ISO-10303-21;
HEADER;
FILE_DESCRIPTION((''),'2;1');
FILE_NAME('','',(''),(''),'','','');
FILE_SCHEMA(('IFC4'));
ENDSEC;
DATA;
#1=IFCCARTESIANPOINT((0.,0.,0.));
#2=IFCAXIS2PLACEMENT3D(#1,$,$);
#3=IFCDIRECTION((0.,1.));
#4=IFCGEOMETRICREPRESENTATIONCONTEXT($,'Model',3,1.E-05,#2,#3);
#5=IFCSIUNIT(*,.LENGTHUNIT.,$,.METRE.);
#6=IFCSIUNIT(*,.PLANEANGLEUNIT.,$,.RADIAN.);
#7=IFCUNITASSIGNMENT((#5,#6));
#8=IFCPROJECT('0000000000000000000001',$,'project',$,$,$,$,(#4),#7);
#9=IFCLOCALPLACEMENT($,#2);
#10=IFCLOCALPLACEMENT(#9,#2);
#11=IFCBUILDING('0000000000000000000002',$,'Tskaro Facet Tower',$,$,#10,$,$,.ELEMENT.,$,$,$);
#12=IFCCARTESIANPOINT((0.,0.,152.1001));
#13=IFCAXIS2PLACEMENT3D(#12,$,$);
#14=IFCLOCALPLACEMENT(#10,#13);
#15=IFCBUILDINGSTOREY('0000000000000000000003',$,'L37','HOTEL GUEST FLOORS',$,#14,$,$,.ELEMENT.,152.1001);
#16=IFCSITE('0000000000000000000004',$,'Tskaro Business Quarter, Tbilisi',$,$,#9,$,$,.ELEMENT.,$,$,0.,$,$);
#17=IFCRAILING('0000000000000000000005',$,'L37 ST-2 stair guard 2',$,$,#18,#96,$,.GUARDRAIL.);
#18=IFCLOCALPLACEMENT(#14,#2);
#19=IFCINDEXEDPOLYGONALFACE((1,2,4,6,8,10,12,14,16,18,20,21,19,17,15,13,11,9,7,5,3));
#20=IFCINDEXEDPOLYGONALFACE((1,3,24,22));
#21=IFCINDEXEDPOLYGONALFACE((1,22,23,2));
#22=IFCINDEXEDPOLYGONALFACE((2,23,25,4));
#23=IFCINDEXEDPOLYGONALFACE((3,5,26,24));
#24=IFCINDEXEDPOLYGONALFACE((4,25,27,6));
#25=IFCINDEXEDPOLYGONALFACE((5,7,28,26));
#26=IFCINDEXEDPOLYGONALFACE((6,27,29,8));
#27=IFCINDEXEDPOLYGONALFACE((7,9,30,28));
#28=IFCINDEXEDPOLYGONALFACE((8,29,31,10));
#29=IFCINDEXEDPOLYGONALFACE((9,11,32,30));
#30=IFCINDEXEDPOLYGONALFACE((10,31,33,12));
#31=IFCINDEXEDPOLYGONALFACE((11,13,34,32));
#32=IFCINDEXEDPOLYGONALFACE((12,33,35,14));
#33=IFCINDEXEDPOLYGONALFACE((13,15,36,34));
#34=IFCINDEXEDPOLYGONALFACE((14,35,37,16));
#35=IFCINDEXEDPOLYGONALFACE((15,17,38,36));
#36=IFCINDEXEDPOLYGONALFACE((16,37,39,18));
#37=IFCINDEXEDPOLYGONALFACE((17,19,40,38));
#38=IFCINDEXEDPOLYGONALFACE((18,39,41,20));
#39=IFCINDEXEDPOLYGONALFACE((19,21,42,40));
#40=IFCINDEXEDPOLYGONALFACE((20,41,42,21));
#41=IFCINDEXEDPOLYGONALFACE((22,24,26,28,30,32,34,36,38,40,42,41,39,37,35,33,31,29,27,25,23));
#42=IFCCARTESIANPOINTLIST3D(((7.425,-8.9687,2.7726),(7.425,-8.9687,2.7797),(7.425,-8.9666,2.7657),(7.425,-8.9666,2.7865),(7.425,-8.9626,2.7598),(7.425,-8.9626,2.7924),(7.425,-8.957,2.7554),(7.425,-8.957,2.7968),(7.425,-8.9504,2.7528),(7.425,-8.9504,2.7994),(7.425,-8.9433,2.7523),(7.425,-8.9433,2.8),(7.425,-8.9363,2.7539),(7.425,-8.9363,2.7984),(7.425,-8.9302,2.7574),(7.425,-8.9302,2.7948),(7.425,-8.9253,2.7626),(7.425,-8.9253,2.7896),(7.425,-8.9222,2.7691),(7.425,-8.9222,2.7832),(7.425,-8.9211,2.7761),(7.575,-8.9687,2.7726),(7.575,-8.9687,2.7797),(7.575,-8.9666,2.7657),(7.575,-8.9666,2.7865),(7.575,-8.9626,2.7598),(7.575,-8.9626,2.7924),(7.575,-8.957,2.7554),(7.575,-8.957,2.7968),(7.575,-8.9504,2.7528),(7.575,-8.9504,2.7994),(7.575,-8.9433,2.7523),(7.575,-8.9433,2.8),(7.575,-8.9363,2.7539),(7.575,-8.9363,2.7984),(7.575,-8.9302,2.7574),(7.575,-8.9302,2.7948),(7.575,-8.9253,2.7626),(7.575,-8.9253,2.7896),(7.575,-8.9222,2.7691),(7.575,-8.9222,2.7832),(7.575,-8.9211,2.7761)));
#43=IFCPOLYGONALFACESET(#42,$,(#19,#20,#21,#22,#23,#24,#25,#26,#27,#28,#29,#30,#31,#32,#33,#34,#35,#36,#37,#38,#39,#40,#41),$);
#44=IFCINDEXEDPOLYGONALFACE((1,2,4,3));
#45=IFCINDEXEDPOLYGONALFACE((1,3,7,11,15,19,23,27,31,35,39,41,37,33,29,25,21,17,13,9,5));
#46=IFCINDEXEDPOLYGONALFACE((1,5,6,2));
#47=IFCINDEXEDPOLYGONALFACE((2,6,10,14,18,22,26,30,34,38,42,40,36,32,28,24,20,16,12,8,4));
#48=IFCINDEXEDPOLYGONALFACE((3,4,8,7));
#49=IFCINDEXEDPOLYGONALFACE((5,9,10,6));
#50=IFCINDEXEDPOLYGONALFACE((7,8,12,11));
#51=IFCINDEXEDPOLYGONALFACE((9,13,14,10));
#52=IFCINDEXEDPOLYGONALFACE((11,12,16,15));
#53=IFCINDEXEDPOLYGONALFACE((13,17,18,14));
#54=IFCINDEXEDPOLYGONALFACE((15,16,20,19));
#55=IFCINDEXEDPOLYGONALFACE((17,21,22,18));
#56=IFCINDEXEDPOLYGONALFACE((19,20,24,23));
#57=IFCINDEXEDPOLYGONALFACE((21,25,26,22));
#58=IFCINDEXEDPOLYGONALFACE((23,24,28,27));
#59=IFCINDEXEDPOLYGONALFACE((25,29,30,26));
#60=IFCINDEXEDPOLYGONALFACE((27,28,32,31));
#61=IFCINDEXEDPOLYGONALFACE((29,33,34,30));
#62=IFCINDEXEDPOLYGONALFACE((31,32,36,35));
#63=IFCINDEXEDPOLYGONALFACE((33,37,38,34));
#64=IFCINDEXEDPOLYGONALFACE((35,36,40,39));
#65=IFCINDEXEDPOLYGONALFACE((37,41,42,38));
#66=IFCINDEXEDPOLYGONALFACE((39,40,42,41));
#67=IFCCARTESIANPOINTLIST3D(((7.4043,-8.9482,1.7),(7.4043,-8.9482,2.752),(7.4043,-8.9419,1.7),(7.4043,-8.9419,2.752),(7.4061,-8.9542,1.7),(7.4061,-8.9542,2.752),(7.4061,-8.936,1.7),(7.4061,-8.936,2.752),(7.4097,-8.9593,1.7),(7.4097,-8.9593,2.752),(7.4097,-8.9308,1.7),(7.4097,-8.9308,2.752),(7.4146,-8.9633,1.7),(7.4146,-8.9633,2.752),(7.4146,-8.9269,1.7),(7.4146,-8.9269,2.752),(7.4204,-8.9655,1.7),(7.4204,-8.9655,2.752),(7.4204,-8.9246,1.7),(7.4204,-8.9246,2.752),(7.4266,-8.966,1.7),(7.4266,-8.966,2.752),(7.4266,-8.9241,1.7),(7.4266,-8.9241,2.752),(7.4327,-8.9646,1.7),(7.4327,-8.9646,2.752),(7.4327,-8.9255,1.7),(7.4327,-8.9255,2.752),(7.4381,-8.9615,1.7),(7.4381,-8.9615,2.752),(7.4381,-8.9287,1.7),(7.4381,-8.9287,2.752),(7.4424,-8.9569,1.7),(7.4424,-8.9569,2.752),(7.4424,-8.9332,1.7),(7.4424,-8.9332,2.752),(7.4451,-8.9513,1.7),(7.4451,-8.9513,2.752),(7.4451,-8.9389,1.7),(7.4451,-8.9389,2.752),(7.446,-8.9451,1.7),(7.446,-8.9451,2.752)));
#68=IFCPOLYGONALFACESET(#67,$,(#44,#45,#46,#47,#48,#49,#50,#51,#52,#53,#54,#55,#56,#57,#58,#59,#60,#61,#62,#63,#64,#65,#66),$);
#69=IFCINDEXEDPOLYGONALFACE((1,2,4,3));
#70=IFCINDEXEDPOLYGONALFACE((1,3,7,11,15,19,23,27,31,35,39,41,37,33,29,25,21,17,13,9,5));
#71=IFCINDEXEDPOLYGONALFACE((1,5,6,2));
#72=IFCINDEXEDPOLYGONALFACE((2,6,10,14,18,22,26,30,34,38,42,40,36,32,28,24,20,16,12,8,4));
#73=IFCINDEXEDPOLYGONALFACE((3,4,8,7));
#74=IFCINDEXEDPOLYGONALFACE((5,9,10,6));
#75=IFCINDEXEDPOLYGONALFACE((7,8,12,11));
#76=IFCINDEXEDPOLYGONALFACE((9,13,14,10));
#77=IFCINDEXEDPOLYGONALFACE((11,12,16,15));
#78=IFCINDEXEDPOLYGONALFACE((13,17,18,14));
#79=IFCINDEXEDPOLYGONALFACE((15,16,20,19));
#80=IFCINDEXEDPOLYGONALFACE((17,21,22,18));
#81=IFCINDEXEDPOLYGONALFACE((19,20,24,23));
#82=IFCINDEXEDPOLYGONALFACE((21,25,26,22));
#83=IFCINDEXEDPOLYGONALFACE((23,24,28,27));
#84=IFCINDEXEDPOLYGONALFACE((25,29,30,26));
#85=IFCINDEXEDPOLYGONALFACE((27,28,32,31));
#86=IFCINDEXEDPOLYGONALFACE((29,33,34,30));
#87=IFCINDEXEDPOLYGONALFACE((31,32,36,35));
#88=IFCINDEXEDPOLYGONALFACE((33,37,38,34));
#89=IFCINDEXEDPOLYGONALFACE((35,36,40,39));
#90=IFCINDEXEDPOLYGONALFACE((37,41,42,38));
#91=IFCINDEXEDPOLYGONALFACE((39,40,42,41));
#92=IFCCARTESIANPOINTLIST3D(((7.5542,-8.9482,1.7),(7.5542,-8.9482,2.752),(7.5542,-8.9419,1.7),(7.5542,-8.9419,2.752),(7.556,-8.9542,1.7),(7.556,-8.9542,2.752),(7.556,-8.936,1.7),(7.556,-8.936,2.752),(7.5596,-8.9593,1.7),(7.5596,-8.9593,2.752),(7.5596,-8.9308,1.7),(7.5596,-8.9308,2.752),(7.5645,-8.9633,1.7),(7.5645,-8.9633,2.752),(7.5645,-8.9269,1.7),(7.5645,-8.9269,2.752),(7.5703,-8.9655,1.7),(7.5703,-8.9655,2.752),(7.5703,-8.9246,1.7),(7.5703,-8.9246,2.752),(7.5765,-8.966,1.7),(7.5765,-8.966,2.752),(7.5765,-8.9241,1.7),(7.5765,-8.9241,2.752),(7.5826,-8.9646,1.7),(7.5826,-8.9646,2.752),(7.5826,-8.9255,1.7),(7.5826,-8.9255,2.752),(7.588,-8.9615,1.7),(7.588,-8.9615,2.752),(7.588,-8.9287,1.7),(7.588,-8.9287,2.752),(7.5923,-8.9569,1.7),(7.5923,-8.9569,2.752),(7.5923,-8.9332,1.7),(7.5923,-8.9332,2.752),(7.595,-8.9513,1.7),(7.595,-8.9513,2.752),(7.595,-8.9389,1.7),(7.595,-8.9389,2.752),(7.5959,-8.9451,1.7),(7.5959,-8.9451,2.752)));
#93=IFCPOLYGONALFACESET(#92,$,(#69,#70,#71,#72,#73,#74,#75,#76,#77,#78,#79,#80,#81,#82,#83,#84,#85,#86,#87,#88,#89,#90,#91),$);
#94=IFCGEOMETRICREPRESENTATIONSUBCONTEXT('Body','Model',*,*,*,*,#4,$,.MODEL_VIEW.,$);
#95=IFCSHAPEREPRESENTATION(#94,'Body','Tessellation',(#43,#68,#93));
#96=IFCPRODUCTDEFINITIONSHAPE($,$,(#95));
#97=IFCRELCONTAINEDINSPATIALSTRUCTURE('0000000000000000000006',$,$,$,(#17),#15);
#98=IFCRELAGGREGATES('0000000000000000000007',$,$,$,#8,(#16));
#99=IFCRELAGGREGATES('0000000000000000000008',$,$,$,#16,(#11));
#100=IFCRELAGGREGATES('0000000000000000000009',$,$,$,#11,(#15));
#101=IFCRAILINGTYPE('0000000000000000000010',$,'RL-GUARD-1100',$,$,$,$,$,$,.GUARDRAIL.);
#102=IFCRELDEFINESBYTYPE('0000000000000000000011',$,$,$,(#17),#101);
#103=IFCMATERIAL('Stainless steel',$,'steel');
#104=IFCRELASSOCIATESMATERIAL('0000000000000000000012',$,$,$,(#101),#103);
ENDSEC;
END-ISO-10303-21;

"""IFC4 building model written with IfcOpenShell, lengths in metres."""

from ifc_helpers import new_model, si_unit, direction, frame, origin, origin_2d, place, context, subcontext, project, spatial, circle, extrude, material, type_object, element, save


model = new_model("IFC4")

# Units and contexts
model_context = context("Model", 3, precision=1e-05, world=origin(), true_north=direction((0.0, 1.0)))
body_context = subcontext(model_context, "Body", "Model", "MODEL_VIEW")
ifc_project = project(units=[si_unit("LENGTHUNIT", "METRE"), si_unit("PLANEANGLEUNIT", "RADIAN")], contexts=[model_context])

# Site, building, storey
site_placement = place(None, origin())
site = spatial("IfcSite", under=ifc_project, at=site_placement, Name="Tskaro Business Quarter, Tbilisi", CompositionType="ELEMENT", RefElevation=0.0)
building_placement = place(site_placement, origin())
building = spatial("IfcBuilding", under=site, at=building_placement, Name="Tskaro Facet Tower", CompositionType="ELEMENT")
storey_placement = place(building_placement, frame((0.0, 0.0, 152.1001)))
storey = spatial("IfcBuildingStorey", under=building, at=storey_placement, Name="L37", Description="HOTEL GUEST FLOORS", CompositionType="ELEMENT", Elevation=152.1001)

# Railing
ifc_material_1 = material(Name="Stainless steel", Category="steel")
railing_type_1 = type_object("IfcRailingType", Name="RL-GUARD-1100", PredefinedType="GUARDRAIL", material=ifc_material_1)
railing_1_placement = place(storey_placement, frame((7.425, -8.9451, 1.7)))
element("IfcRailing", 1, at=railing_1_placement, inside=storey, type_object=railing_type_1, Name="L37 ST-2 stair guard 2", PredefinedType="GUARDRAIL", context=body_context, shape_type="SweptSolid", body=[
    extrude(circle(Radius=0.0239, at=origin_2d()), frame((0.0, 0.0, 1.0762), z_axis=(1.0, 0.0, 0.0), x_axis=(0.0, 1.0, 0.0)), (0.0, 0.0, 1.0), 0.1499),
    extrude(circle(Radius=0.021, at=origin_2d()), origin(), (0.0, 0.0, 1.0), 1.052),
    extrude(circle(Radius=0.021, at=origin_2d()), frame((0.1499, 0.0, 0.0)), (0.0, 0.0, 1.0), 1.052),
])

save(model, "model.ifc")
